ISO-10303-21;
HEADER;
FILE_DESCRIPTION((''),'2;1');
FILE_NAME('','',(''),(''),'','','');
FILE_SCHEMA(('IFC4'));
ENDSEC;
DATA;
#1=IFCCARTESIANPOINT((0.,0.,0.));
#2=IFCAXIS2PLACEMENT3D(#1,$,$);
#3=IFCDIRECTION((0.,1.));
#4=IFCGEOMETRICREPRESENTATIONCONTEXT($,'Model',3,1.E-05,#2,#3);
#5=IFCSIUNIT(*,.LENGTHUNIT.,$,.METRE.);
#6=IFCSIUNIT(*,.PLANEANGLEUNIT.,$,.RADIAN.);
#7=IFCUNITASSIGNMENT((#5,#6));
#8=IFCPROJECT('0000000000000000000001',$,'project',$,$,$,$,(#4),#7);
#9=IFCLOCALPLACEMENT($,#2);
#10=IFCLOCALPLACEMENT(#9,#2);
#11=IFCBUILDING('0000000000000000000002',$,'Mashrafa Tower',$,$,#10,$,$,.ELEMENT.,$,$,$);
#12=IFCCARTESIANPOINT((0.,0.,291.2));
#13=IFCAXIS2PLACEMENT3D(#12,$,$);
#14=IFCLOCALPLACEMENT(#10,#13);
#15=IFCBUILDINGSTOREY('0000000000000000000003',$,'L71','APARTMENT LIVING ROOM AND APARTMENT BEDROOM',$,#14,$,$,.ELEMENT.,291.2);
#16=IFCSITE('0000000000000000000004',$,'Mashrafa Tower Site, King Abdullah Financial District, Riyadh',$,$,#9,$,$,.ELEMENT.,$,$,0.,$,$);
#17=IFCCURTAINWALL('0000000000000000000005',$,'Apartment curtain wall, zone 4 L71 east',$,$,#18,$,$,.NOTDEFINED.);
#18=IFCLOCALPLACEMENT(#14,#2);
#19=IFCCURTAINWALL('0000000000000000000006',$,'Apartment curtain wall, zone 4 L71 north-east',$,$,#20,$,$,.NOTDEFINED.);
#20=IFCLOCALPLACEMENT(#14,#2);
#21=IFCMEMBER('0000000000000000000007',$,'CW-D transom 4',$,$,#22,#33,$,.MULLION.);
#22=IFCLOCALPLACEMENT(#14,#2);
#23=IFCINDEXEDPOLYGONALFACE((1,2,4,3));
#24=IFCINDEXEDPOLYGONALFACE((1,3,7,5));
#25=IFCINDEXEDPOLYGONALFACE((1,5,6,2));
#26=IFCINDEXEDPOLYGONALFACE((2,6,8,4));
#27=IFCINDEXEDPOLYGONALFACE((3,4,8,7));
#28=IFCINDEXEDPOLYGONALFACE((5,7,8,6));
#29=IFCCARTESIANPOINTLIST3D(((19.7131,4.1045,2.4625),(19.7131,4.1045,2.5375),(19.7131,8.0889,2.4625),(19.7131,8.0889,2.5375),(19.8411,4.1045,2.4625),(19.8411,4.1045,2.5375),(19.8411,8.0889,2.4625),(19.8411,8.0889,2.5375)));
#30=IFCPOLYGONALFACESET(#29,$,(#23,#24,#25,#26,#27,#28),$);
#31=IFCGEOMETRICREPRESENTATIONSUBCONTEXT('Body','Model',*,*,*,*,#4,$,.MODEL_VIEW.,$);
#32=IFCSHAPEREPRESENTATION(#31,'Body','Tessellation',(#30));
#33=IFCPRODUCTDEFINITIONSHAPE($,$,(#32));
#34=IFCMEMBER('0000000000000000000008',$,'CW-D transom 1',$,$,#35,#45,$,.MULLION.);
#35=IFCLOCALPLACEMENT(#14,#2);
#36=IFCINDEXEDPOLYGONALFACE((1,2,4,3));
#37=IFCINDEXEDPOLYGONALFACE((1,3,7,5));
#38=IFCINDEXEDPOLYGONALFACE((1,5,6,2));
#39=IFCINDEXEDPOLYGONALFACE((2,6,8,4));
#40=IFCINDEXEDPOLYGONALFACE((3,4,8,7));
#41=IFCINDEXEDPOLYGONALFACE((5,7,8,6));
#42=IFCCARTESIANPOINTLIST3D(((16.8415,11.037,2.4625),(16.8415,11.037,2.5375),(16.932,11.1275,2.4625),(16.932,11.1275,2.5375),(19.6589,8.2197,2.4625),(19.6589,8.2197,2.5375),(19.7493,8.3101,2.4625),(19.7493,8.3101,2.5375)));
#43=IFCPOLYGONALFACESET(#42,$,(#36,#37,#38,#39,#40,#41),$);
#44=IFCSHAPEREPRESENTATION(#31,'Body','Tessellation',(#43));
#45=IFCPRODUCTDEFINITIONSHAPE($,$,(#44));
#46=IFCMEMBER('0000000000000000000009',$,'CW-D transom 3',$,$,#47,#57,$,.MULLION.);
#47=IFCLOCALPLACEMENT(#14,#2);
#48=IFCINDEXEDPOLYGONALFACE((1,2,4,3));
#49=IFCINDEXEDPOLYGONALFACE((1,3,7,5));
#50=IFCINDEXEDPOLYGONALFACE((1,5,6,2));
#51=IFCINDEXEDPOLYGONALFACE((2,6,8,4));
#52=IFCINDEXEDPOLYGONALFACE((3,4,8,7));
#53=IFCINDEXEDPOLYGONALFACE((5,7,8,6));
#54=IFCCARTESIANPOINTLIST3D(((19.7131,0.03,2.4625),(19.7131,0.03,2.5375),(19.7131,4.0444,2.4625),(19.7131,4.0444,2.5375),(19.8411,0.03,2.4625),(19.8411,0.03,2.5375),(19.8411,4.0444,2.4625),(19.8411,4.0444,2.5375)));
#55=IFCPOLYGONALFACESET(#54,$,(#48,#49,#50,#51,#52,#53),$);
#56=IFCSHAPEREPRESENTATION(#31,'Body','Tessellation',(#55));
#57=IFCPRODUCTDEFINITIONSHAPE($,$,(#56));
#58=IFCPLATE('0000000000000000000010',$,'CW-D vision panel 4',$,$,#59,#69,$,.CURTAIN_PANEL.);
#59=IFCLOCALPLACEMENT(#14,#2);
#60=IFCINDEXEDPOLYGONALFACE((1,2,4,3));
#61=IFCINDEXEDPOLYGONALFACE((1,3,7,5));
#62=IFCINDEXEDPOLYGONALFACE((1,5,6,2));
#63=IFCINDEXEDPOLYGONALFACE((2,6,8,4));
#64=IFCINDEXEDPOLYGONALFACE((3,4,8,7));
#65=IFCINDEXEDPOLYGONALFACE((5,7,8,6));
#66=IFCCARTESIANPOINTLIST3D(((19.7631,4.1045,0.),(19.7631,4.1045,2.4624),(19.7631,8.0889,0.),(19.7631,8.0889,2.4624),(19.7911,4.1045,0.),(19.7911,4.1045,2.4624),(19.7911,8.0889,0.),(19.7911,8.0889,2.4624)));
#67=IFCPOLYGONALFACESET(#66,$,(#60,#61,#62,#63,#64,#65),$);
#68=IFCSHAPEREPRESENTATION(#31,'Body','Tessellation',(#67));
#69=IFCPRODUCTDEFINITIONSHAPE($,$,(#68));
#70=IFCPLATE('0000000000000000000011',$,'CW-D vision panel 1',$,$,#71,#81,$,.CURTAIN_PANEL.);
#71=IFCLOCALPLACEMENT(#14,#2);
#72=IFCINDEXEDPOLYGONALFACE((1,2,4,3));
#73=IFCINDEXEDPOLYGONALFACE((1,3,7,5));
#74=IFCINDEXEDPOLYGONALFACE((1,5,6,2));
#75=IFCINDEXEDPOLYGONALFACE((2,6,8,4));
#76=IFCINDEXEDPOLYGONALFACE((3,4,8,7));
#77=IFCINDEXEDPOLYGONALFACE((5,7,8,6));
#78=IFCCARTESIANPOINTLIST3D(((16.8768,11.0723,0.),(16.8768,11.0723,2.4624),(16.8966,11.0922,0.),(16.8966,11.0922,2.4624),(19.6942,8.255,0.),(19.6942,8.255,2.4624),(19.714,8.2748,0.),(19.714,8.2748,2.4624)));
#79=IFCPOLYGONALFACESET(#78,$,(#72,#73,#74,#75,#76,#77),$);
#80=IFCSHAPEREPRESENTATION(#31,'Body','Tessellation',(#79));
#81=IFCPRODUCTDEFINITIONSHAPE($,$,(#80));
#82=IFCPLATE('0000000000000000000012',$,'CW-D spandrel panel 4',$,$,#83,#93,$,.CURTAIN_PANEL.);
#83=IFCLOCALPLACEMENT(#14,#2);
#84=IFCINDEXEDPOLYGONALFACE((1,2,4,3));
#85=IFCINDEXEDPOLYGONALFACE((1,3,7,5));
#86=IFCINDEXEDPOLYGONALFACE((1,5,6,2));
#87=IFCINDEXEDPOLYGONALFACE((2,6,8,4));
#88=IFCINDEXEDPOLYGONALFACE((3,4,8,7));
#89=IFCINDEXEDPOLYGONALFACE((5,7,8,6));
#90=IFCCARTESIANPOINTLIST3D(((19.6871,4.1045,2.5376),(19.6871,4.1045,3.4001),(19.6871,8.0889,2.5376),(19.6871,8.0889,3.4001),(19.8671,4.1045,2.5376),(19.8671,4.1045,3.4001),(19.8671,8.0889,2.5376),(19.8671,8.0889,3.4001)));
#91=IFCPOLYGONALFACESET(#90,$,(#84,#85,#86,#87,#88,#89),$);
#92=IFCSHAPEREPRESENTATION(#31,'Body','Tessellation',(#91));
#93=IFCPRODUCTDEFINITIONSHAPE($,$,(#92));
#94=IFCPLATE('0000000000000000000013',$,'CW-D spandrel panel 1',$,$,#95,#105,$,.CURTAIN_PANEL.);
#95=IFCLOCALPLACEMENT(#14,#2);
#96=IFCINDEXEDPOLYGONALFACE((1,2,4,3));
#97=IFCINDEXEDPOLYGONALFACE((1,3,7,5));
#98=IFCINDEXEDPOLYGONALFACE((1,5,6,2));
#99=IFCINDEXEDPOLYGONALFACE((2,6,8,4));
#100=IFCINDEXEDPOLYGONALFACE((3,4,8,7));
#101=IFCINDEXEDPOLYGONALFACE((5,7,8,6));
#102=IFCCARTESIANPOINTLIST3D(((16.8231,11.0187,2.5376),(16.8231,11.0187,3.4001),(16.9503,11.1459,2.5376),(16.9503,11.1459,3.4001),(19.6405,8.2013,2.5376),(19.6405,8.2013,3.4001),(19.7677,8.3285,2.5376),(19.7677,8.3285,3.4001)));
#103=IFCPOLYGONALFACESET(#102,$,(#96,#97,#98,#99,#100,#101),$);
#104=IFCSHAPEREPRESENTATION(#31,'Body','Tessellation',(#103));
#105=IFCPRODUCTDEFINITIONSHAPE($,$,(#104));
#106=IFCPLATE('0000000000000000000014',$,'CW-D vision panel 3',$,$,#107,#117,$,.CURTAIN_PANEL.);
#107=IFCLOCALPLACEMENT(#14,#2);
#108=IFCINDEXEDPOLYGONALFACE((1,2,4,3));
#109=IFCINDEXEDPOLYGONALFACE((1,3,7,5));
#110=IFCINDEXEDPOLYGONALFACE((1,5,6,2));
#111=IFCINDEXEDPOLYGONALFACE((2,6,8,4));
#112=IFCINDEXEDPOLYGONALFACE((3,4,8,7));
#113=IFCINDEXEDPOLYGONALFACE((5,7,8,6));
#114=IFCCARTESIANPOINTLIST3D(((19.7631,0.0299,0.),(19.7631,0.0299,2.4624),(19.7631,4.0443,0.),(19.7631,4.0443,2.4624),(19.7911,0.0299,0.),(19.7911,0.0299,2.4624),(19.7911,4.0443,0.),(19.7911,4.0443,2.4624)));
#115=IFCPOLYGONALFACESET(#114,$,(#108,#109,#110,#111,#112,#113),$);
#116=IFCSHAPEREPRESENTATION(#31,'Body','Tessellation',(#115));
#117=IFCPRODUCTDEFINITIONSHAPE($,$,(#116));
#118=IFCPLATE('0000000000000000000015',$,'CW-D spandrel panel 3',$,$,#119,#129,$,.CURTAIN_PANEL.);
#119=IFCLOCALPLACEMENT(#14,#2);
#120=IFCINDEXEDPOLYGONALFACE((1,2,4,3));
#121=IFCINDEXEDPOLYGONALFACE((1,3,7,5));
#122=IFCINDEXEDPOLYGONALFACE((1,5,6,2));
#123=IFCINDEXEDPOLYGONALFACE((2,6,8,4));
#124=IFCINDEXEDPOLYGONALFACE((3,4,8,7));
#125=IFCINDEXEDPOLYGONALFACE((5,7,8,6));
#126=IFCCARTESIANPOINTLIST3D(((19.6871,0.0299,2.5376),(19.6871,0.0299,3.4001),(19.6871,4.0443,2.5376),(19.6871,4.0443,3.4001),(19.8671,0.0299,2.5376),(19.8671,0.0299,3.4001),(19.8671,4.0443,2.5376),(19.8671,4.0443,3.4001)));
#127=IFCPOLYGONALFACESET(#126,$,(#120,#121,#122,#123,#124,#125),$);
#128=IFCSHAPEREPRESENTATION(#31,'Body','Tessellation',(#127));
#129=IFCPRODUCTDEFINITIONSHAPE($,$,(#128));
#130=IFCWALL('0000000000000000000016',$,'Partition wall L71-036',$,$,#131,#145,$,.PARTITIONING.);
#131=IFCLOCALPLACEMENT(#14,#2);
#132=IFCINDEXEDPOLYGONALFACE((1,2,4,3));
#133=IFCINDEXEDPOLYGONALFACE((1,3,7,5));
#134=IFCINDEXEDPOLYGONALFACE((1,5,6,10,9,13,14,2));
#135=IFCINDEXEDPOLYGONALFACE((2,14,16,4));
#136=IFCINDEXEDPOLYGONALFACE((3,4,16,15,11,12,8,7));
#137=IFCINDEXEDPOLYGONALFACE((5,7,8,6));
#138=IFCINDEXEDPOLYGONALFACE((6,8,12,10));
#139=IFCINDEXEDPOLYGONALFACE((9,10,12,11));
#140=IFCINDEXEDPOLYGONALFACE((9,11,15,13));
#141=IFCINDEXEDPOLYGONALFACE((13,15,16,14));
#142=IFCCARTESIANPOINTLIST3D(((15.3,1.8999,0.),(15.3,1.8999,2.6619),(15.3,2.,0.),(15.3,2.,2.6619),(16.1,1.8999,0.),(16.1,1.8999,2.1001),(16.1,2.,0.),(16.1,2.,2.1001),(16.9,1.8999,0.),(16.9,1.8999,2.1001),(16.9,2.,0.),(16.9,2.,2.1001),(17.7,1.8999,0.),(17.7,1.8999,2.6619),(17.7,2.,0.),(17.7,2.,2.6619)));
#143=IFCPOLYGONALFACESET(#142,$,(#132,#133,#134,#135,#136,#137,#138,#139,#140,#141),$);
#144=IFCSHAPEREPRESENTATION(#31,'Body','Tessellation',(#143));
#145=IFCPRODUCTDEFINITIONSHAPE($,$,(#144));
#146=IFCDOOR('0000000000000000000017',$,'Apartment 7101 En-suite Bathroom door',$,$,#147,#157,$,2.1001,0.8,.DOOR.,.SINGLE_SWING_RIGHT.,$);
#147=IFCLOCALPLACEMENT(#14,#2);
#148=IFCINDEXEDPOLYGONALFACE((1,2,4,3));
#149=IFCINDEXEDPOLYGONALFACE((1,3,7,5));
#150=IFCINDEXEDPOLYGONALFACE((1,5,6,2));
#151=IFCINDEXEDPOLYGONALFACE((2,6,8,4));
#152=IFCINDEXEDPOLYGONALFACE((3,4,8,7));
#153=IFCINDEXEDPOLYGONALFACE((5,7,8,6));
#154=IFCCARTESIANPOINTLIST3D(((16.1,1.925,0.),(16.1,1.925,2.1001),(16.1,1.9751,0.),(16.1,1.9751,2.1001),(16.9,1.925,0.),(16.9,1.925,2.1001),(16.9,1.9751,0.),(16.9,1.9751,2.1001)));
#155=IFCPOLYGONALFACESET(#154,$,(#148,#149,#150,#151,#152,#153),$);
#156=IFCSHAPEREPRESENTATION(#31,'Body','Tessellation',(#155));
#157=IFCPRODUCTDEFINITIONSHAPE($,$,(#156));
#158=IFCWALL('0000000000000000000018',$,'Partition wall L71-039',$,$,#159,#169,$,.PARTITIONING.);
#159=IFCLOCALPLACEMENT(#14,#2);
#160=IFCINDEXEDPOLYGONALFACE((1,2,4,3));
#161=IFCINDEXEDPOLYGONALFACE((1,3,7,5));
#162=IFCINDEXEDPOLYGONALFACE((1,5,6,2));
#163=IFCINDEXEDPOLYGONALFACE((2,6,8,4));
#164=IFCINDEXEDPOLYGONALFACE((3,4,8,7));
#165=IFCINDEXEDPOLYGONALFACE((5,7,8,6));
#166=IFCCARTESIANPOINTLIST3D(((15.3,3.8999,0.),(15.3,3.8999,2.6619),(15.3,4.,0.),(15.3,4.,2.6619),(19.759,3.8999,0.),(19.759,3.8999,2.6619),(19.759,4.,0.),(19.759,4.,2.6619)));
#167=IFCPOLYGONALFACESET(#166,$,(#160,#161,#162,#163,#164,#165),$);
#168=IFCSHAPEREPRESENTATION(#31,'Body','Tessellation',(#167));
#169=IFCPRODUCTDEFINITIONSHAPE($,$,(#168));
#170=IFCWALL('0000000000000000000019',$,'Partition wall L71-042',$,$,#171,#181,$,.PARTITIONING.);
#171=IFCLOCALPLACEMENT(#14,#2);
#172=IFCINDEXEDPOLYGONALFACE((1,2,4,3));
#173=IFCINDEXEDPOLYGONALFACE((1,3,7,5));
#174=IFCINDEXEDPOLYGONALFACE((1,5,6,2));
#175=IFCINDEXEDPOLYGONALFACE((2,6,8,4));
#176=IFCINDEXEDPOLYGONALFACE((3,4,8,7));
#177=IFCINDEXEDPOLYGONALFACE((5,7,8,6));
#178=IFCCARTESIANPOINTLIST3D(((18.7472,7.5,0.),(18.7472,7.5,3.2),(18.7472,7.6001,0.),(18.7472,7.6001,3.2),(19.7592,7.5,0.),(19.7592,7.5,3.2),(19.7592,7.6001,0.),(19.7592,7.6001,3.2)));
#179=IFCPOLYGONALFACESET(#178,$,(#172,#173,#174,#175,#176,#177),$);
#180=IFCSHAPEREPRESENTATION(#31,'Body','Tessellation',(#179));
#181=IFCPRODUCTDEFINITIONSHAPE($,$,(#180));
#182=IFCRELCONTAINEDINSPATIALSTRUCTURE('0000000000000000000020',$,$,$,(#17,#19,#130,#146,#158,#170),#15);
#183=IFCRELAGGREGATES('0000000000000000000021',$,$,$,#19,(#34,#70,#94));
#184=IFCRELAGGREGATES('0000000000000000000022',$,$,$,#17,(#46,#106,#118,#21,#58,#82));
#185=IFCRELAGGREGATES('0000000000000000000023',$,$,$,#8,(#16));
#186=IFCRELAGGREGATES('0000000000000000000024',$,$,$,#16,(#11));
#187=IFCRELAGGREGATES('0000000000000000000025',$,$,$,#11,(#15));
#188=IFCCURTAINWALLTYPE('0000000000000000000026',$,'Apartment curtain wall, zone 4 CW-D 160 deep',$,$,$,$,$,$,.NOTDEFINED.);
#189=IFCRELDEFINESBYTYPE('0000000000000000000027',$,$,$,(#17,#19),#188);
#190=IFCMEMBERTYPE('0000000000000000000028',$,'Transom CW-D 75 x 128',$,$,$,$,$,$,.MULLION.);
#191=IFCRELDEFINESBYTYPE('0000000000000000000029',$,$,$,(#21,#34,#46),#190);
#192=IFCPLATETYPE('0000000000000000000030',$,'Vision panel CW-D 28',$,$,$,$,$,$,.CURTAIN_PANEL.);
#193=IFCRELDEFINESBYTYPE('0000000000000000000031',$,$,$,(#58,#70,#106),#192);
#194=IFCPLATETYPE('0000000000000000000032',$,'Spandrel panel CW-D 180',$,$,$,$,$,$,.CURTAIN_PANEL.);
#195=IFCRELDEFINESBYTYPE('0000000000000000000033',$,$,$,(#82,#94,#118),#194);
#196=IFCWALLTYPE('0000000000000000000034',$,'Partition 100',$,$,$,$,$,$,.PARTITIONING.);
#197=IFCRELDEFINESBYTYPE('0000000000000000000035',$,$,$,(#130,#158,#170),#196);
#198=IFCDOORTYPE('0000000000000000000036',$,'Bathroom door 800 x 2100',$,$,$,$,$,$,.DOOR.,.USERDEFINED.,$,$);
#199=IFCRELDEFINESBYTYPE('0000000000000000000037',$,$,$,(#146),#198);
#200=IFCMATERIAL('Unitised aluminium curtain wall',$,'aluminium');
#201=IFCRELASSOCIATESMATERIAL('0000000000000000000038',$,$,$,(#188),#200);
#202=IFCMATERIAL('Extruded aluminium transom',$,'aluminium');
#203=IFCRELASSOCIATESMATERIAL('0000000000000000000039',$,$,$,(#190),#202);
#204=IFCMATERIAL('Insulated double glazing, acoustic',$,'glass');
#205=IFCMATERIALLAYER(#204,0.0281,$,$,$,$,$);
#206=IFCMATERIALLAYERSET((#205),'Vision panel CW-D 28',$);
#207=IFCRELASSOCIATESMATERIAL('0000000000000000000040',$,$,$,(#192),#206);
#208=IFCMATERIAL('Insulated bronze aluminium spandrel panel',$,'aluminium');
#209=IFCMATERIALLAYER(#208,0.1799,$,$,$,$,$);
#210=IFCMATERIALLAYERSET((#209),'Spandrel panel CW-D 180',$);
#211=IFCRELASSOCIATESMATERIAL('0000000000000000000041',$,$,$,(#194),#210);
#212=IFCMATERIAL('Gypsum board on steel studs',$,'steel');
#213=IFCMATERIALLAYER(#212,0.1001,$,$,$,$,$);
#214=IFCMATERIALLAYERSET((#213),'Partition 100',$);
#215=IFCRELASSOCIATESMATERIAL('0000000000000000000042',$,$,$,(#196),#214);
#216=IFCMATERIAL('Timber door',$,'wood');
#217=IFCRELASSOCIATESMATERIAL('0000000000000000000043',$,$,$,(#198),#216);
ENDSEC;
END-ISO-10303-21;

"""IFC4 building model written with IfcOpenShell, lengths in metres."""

from ifc_helpers import new_model, si_unit, direction, frame, frame_2d, origin, origin_2d, place, context, subcontext, project, spatial, rectangle, extrude, source, transform, mapped, material, layer, layer_set, material_profile, profile_set, type_object, type_shapes, element, fill, aggregate, save


model = new_model("IFC4")

# Units and contexts
model_context = context("Model", 3, precision=1e-05, world=origin(), true_north=direction((0.0, 1.0)))
body_context = subcontext(model_context, "Body", "Model", "MODEL_VIEW")
ifc_project = project(units=[si_unit("LENGTHUNIT", "METRE"), si_unit("PLANEANGLEUNIT", "RADIAN")], contexts=[model_context])

# Site, building, storey
site_placement = place(None, origin())
site = spatial("IfcSite", under=ifc_project, at=site_placement, Name="Mashrafa Tower Site, King Abdullah Financial District, Riyadh", CompositionType="ELEMENT", RefElevation=0.0)
building_placement = place(site_placement, origin())
building = spatial("IfcBuilding", under=site, at=building_placement, Name="Mashrafa Tower", CompositionType="ELEMENT")
storey_placement = place(building_placement, frame((0.0, 0.0, 291.2)))
storey = spatial("IfcBuildingStorey", under=building, at=storey_placement, Name="L71", Description="APARTMENT LIVING ROOM AND APARTMENT BEDROOM", CompositionType="ELEMENT", Elevation=291.2)

# Curtain wall
ifc_material_1 = material(Name="Unitised aluminium curtain wall", Category="aluminium")
curtain_wall_type = type_object("IfcCurtainWallType", Name="Apartment curtain wall, zone 4 CW-D 160 deep", PredefinedType="NOTDEFINED", material=ifc_material_1)
curtain_wall_1_placement = place(storey_placement, origin())
curtain_wall_1 = element("IfcCurtainWall", 1, at=curtain_wall_1_placement, inside=storey, type_object=curtain_wall_type, Name="Apartment curtain wall, zone 4 L71 east", PredefinedType="NOTDEFINED")

# Curtain wall
curtain_wall_2_placement = place(storey_placement, origin())
curtain_wall_2 = element("IfcCurtainWall", 2, at=curtain_wall_2_placement, inside=storey, type_object=curtain_wall_type, Name="Apartment curtain wall, zone 4 L71 north-east", PredefinedType="NOTDEFINED")

# Members
ifc_material_2 = material(Name="Extruded aluminium transom", Category="aluminium")
ifc_material_profile_1 = material_profile(ifc_material_2, rectangle(XDim=0.1279, YDim=0.075, at=origin_2d()), Name="Transom 75x128")
ifc_profile_set_1 = profile_set([ifc_material_profile_1], Name="Extruded aluminium transom")
member_type_1 = type_object("IfcMemberType", Name="Transom CW-D 75 x 128", PredefinedType="MULLION", material=ifc_profile_set_1)
shared_shape_1 = source(origin(), body_context, "Body", "SweptSolid", [
    extrude(rectangle(XDim=0.1279, YDim=0.075, at=origin_2d()), origin(), (0.0, 0.0, 1.0), 3.9844),
])
member_1_placement = place(storey_placement, frame((19.7771, 4.1045, 2.5), z_axis=(0.0, 1.0, 0.0), x_axis=(-1.0, 0.0, 0.0)))
member_1 = element("IfcMember", 3, at=member_1_placement, type_object=member_type_1, Name="CW-D transom 4", PredefinedType="MULLION", context=body_context, shape_type="MappedRepresentation", body=[
    mapped(shared_shape_1, transform((0.0, 0.0, 0.0))),
])
member_2_placement = place(storey_placement, frame((19.7041, 8.2649, 2.5), z_axis=(-0.707107, 0.707107, 0.0), x_axis=(-0.707107, -0.707107, 0.0)))
member_2 = element("IfcMember", 4, at=member_2_placement, type_object=member_type_1, Name="CW-D transom 1", PredefinedType="MULLION", context=body_context, shape_type="MappedRepresentation", body=[
    mapped(shared_shape_1, transform((0.0, 0.0, 0.0))),
])
shared_shape_2 = source(origin(), body_context, "Body", "SweptSolid", [
    extrude(rectangle(XDim=0.1279, YDim=0.075, at=origin_2d()), origin(), (0.0, 0.0, 1.0), 4.0144),
])
type_shapes(member_type_1, [shared_shape_1, shared_shape_2])
member_3_placement = place(storey_placement, frame((19.7771, 0.03, 2.5), z_axis=(0.0, 1.0, 0.0), x_axis=(-1.0, 0.0, 0.0)))
member_3 = element("IfcMember", 5, at=member_3_placement, type_object=member_type_1, Name="CW-D transom 3", PredefinedType="MULLION", context=body_context, shape_type="MappedRepresentation", body=[
    mapped(shared_shape_2, transform((0.0, 0.0, 0.0))),
])

# Plates
ifc_material_3 = material(Name="Insulated double glazing, acoustic", Category="glass")
ifc_layer_1 = layer(ifc_material_3, 0.0281)
ifc_layer_set_1 = layer_set([ifc_layer_1], Name="Vision panel CW-D 28")
plate_type_1 = type_object("IfcPlateType", Name="Vision panel CW-D 28", PredefinedType="CURTAIN_PANEL", material=ifc_layer_set_1)
shared_shape_3 = source(origin(), body_context, "Body", "SweptSolid", [
    extrude(rectangle(XDim=3.9844, YDim=0.0281, at=origin_2d()), origin(), (0.0, 0.0, 1.0), 2.4624),
])
plate_1_placement = place(storey_placement, frame((19.7771, 6.0967, 0.0), z_axis=(0.0, 0.0, 1.0), x_axis=(0.0, 1.0, 0.0)))
plate_1 = element("IfcPlate", 6, at=plate_1_placement, type_object=plate_type_1, Name="CW-D vision panel 4", PredefinedType="CURTAIN_PANEL", context=body_context, shape_type="MappedRepresentation", body=[
    mapped(shared_shape_3, transform((0.0, 0.0, 0.0))),
])
plate_2_placement = place(storey_placement, frame((18.2954, 9.6736, 0.0), z_axis=(0.0, 0.0, 1.0), x_axis=(-0.707107, 0.707107, 0.0)))
plate_2 = element("IfcPlate", 7, at=plate_2_placement, type_object=plate_type_1, Name="CW-D vision panel 1", PredefinedType="CURTAIN_PANEL", context=body_context, shape_type="MappedRepresentation", body=[
    mapped(shared_shape_3, transform((0.0, 0.0, 0.0))),
])
ifc_material_4 = material(Name="Insulated bronze aluminium spandrel panel", Category="aluminium")
ifc_layer_2 = layer(ifc_material_4, 0.1799)
ifc_layer_set_2 = layer_set([ifc_layer_2], Name="Spandrel panel CW-D 180")
plate_type_2 = type_object("IfcPlateType", Name="Spandrel panel CW-D 180", PredefinedType="CURTAIN_PANEL", material=ifc_layer_set_2)
shared_shape_4 = source(origin(), body_context, "Body", "SweptSolid", [
    extrude(rectangle(XDim=3.9844, YDim=0.1799, at=origin_2d()), origin(), (0.0, 0.0, 1.0), 0.8625),
])
plate_3_placement = place(storey_placement, frame((19.7771, 6.0967, 2.5376), z_axis=(0.0, 0.0, 1.0), x_axis=(0.0, 1.0, 0.0)))
plate_3 = element("IfcPlate", 8, at=plate_3_placement, type_object=plate_type_2, Name="CW-D spandrel panel 4", PredefinedType="CURTAIN_PANEL", context=body_context, shape_type="MappedRepresentation", body=[
    mapped(shared_shape_4, transform((0.0, 0.0, 0.0))),
])
plate_4_placement = place(storey_placement, frame((18.2954, 9.6736, 2.5376), z_axis=(0.0, 0.0, 1.0), x_axis=(-0.707107, 0.707107, 0.0)))
plate_4 = element("IfcPlate", 9, at=plate_4_placement, type_object=plate_type_2, Name="CW-D spandrel panel 1", PredefinedType="CURTAIN_PANEL", context=body_context, shape_type="MappedRepresentation", body=[
    mapped(shared_shape_4, transform((0.0, 0.0, 0.0))),
])
aggregate(curtain_wall_2, [member_2, plate_2, plate_4])
shared_shape_5 = source(origin(), body_context, "Body", "SweptSolid", [
    extrude(rectangle(XDim=4.0144, YDim=0.0281, at=origin_2d()), origin(), (0.0, 0.0, 1.0), 2.4624),
])
type_shapes(plate_type_1, [shared_shape_3, shared_shape_5])
plate_5_placement = place(storey_placement, frame((19.7771, 2.0371, 0.0), z_axis=(0.0, 0.0, 1.0), x_axis=(0.0, 1.0, 0.0)))
plate_5 = element("IfcPlate", 10, at=plate_5_placement, type_object=plate_type_1, Name="CW-D vision panel 3", PredefinedType="CURTAIN_PANEL", context=body_context, shape_type="MappedRepresentation", body=[
    mapped(shared_shape_5, transform((0.0, 0.0, 0.0))),
])
shared_shape_6 = source(origin(), body_context, "Body", "SweptSolid", [
    extrude(rectangle(XDim=4.0144, YDim=0.1799, at=origin_2d()), origin(), (0.0, 0.0, 1.0), 0.8625),
])
type_shapes(plate_type_2, [shared_shape_4, shared_shape_6])
plate_6_placement = place(storey_placement, frame((19.7771, 2.0371, 2.5376), z_axis=(0.0, 0.0, 1.0), x_axis=(0.0, 1.0, 0.0)))
plate_6 = element("IfcPlate", 11, at=plate_6_placement, type_object=plate_type_2, Name="CW-D spandrel panel 3", PredefinedType="CURTAIN_PANEL", context=body_context, shape_type="MappedRepresentation", body=[
    mapped(shared_shape_6, transform((0.0, 0.0, 0.0))),
])
aggregate(curtain_wall_1, [member_3, plate_5, plate_6, member_1, plate_1, plate_3])

# Wall, opening, door
ifc_material_5 = material(Name="Gypsum board on steel studs", Category="steel")
ifc_layer_3 = layer(ifc_material_5, 0.1001)
ifc_layer_set_3 = layer_set([ifc_layer_3], Name="Partition 100")
wall_type = type_object("IfcWallType", Name="Partition 100", PredefinedType="PARTITIONING", material=ifc_layer_set_3)
wall_1_placement = place(storey_placement, frame((17.7, 1.95, 0.0), z_axis=(0.0, 0.0, 1.0), x_axis=(-1.0, 0.0, 0.0)))
wall_1 = element("IfcWall", 12, at=wall_1_placement, inside=storey, type_object=wall_type, Name="Partition wall L71-036", PredefinedType="PARTITIONING", context=body_context, shape_type="SweptSolid", body=[
    extrude(rectangle(XDim=2.3999, YDim=0.1001, at=frame_2d((1.2, 0.0))), origin(), (0.0, 0.0, 1.0), 2.6619),
])
opening_placement = place(wall_1_placement, frame((0.8, 0.0, 0.0)))
opening = element("IfcOpeningElement", 13, at=opening_placement, cuts=wall_1, PredefinedType="OPENING", context=body_context, shape_type="SweptSolid", body=[
    extrude(rectangle(XDim=0.8, YDim=2.1001, at=frame_2d((0.3999, 1.05))), frame((0.0, 0.0601, 0.0), z_axis=(0.0, -1.0, 0.0), x_axis=(1.0, 0.0, 0.0)), (0.0, 0.0, 1.0), 0.1201),
])
ifc_material_6 = material(Name="Timber door", Category="wood")
door_type = type_object("IfcDoorType", Name="Bathroom door 800 x 2100", OperationType="USERDEFINED", PredefinedType="DOOR", material=ifc_material_6)
door_placement = place(opening_placement, origin())
door = element("IfcDoor", 14, at=door_placement, inside=storey, type_object=door_type, Name="Apartment 7101 En-suite Bathroom door", OperationType="SINGLE_SWING_RIGHT", OverallHeight=2.1001, OverallWidth=0.8, PredefinedType="DOOR", context=body_context, shape_type="SweptSolid", body=[
    extrude(rectangle(XDim=0.8, YDim=2.1001, at=frame_2d((0.3999, 1.05))), frame((0.0, 0.0249, 0.0), z_axis=(0.0, -1.0, 0.0), x_axis=(1.0, 0.0, 0.0)), (0.0, 0.0, 1.0), 0.05),
])
fill(opening, door)

# Walls
wall_2_placement = place(storey_placement, frame((19.759, 3.95, 0.0), z_axis=(0.0, 0.0, 1.0), x_axis=(-1.0, 0.0, 0.0)))
element("IfcWall", 15, at=wall_2_placement, inside=storey, type_object=wall_type, Name="Partition wall L71-039", PredefinedType="PARTITIONING", context=body_context, shape_type="SweptSolid", body=[
    extrude(rectangle(XDim=4.459, YDim=0.1001, at=frame_2d((2.2295, 0.0))), origin(), (0.0, 0.0, 1.0), 2.6619),
])
wall_3_placement = place(storey_placement, frame((19.759, 7.55, 0.0), z_axis=(0.0, 0.0, 1.0), x_axis=(-1.0, 0.0, 0.0)))
element("IfcWall", 16, at=wall_3_placement, inside=storey, type_object=wall_type, Name="Partition wall L71-042", PredefinedType="PARTITIONING", context=body_context, shape_type="SweptSolid", body=[
    extrude(rectangle(XDim=1.012, YDim=0.1001, at=frame_2d((0.5059, 0.0))), origin(), (0.0, 0.0, 1.0), 3.2),
])

save(model, "model.ifc")
